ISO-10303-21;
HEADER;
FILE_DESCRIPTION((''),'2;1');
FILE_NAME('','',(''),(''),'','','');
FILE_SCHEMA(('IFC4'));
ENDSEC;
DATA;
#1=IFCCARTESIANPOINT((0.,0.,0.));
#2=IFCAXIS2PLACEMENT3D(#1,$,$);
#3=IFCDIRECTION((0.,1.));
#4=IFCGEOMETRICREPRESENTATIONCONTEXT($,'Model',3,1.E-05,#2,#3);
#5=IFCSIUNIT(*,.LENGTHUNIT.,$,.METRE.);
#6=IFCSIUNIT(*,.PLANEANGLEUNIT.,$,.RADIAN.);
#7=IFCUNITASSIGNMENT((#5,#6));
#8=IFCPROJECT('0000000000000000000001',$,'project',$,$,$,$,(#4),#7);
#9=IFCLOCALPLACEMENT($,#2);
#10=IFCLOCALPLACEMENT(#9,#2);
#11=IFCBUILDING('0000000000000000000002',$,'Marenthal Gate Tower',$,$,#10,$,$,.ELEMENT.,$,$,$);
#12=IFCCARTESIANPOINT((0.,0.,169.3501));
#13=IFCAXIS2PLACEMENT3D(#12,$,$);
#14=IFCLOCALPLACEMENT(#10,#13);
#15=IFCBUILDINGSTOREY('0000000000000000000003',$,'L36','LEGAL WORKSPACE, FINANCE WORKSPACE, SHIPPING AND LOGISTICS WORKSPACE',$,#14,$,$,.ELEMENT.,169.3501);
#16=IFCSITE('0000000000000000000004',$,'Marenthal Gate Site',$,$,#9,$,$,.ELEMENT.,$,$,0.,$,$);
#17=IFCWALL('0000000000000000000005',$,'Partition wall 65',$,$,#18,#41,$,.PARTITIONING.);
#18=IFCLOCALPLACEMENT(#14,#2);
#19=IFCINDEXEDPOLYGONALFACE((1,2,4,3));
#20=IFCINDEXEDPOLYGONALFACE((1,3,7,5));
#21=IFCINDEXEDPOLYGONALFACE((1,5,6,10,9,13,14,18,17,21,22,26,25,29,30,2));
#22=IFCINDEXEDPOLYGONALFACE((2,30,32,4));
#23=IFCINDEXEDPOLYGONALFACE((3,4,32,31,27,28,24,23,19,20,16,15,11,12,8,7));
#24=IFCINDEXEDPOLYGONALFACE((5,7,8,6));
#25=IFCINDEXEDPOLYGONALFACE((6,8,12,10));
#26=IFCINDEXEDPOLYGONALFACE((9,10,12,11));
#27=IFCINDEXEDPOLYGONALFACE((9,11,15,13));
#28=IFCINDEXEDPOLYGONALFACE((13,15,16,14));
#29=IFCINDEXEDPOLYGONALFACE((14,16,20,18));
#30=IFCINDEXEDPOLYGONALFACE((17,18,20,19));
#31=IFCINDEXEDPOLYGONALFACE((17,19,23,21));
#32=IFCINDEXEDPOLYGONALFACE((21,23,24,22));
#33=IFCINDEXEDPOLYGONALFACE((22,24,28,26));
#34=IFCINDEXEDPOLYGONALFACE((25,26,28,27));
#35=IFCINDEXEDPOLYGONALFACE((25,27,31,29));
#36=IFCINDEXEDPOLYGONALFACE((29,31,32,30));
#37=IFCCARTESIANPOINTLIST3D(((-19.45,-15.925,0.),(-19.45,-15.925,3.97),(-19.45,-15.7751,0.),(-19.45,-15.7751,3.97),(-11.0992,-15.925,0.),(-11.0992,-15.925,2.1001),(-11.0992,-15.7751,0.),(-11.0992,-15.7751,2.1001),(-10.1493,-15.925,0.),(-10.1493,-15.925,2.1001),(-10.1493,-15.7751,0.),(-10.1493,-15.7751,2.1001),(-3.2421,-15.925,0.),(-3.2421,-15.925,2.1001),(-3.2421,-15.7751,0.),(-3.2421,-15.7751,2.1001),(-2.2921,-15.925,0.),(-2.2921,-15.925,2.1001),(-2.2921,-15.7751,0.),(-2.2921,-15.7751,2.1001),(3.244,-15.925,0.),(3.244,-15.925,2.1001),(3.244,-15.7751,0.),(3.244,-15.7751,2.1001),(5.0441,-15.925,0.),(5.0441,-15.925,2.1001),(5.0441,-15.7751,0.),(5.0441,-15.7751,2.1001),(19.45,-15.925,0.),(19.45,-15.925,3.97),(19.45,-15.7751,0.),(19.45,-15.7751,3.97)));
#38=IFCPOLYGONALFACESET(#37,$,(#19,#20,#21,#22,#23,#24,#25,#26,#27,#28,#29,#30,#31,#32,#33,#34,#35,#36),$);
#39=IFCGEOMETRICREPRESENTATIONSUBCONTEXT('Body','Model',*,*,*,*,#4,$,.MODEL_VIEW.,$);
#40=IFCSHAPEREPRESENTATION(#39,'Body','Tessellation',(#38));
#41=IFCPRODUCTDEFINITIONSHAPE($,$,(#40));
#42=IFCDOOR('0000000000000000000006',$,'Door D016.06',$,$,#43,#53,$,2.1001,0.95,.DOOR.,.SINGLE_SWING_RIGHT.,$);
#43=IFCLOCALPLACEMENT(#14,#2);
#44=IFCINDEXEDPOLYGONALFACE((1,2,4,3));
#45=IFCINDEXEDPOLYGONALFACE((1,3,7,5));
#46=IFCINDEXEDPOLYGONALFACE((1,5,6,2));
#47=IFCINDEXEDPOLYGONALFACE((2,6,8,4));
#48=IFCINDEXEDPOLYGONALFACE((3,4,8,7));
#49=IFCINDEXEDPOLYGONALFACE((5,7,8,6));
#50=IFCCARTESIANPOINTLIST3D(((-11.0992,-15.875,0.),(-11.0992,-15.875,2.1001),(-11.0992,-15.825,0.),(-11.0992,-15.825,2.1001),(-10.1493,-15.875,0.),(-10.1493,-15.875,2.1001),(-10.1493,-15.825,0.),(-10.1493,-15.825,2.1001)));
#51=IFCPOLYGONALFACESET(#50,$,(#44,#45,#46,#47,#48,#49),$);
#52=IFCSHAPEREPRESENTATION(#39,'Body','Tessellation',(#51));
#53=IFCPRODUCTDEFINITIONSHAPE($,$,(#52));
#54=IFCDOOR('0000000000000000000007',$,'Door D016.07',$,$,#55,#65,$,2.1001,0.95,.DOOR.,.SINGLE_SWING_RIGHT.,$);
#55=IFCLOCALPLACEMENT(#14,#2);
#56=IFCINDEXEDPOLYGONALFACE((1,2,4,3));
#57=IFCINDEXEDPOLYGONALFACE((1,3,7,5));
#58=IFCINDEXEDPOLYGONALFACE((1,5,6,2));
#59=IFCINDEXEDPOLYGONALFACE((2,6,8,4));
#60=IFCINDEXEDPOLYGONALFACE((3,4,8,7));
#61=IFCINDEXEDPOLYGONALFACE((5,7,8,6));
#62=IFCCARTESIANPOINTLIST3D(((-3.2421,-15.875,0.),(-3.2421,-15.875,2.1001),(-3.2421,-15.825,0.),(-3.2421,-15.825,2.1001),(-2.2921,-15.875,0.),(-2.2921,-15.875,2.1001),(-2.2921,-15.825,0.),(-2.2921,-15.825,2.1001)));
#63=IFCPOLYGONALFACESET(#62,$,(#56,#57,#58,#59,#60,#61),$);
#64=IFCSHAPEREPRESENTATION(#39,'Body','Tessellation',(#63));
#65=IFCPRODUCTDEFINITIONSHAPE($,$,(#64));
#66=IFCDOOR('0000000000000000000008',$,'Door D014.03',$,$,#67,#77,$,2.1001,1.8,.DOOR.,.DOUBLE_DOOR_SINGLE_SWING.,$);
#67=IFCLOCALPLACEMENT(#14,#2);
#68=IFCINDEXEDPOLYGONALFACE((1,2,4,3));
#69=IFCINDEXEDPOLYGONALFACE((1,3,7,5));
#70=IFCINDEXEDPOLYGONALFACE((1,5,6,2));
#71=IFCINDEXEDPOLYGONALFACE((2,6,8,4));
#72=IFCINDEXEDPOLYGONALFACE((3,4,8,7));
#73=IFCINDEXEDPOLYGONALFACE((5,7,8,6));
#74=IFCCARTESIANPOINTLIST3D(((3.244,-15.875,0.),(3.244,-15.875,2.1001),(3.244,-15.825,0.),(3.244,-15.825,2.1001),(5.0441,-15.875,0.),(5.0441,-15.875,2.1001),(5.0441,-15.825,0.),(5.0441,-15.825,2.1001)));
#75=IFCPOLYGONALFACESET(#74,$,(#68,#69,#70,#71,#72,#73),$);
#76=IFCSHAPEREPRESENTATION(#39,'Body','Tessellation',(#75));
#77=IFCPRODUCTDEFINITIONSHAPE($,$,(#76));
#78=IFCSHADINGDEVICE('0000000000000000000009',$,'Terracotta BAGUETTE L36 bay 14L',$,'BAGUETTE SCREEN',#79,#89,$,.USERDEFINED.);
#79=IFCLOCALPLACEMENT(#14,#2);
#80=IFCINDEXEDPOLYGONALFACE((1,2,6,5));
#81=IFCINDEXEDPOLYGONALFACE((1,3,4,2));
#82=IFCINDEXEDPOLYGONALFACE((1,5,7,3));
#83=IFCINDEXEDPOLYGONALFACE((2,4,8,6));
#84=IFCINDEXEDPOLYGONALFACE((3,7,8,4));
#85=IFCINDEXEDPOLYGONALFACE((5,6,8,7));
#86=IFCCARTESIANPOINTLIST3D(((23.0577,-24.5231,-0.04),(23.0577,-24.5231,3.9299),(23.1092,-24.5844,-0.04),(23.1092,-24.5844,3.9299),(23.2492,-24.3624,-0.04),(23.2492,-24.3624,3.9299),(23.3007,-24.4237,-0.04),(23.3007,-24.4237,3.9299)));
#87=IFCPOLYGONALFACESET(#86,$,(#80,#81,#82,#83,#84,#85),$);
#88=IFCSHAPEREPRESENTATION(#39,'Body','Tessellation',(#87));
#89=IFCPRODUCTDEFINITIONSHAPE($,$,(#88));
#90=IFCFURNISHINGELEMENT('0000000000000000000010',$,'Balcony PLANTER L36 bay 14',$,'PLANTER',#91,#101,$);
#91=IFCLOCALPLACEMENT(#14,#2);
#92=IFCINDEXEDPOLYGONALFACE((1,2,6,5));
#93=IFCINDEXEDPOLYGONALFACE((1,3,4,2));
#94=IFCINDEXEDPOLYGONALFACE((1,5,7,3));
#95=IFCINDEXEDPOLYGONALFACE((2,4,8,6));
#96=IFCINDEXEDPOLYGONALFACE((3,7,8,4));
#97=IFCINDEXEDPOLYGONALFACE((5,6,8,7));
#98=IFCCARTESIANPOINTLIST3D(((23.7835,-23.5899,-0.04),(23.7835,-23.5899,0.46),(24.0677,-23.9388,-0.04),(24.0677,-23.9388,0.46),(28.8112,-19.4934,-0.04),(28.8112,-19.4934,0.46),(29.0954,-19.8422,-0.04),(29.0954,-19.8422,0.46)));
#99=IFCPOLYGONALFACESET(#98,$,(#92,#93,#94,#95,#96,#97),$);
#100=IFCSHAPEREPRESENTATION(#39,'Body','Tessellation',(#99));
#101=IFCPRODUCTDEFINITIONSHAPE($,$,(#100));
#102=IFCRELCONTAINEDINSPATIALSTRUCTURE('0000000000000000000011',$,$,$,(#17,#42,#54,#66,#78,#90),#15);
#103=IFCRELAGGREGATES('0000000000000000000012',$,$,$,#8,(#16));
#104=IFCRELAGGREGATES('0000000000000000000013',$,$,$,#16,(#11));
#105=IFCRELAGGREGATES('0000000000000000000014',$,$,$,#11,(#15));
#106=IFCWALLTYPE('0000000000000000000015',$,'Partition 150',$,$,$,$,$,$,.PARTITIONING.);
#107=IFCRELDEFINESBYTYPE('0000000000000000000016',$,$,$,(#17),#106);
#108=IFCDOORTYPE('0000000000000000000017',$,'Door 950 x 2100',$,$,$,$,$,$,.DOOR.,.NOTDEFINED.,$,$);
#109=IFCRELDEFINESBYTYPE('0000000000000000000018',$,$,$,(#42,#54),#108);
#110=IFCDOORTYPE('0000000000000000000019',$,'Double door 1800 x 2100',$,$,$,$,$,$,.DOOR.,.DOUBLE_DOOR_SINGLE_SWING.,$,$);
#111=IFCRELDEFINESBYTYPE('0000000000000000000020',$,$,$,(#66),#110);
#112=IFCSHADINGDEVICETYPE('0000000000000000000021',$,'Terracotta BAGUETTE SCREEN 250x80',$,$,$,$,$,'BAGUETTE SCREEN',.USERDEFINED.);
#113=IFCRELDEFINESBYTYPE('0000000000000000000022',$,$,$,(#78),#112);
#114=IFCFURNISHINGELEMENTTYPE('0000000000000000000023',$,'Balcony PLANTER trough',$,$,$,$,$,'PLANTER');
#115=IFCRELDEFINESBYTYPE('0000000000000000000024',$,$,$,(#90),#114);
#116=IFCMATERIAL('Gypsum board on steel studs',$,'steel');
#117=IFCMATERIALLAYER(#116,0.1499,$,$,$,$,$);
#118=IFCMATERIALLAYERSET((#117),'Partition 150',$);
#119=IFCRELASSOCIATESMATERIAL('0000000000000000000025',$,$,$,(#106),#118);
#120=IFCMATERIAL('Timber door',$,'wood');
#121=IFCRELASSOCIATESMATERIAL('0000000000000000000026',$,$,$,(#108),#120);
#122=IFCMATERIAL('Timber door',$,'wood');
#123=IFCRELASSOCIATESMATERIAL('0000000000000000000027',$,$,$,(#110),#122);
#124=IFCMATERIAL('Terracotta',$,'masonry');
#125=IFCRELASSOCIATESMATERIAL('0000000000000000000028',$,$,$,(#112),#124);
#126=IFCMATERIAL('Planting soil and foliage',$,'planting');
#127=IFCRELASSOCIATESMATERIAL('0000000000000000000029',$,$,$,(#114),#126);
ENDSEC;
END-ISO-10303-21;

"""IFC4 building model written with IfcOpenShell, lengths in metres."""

from ifc_helpers import new_model, si_unit, direction, frame, frame_2d, origin, origin_2d, place, context, subcontext, project, spatial, rectangle, extrude, material, layer, layer_set, material_profile, profile_set, type_object, element, fill, save


model = new_model("IFC4")

# Units and contexts
model_context = context("Model", 3, precision=1e-05, world=origin(), true_north=direction((0.0, 1.0)))
body_context = subcontext(model_context, "Body", "Model", "MODEL_VIEW")
ifc_project = project(units=[si_unit("LENGTHUNIT", "METRE"), si_unit("PLANEANGLEUNIT", "RADIAN")], contexts=[model_context])

# Site, building, storey
site_placement = place(None, origin())
site = spatial("IfcSite", under=ifc_project, at=site_placement, Name="Marenthal Gate Site", CompositionType="ELEMENT", RefElevation=0.0)
building_placement = place(site_placement, origin())
building = spatial("IfcBuilding", under=site, at=building_placement, Name="Marenthal Gate Tower", CompositionType="ELEMENT")
storey_placement = place(building_placement, frame((0.0, 0.0, 169.3501)))
storey = spatial("IfcBuildingStorey", under=building, at=storey_placement, Name="L36", Description="LEGAL WORKSPACE, FINANCE WORKSPACE, SHIPPING AND LOGISTICS WORKSPACE", CompositionType="ELEMENT", Elevation=169.3501)

# Wall, openings, doors
ifc_material_1 = material(Name="Gypsum board on steel studs", Category="steel")
ifc_layer_1 = layer(ifc_material_1, 0.1499)
ifc_layer_set_1 = layer_set([ifc_layer_1], Name="Partition 150")
wall_type_1 = type_object("IfcWallType", Name="Partition 150", PredefinedType="PARTITIONING", material=ifc_layer_set_1)
wall_1_placement = place(storey_placement, frame((19.45, -15.8501, 0.0), z_axis=(0.0, 0.0, 1.0), x_axis=(-1.0, 0.0, 0.0)))
wall_1 = element("IfcWall", 1, at=wall_1_placement, inside=storey, type_object=wall_type_1, Name="Partition wall 65", PredefinedType="PARTITIONING", context=body_context, shape_type="SweptSolid", body=[
    extrude(rectangle(XDim=38.8999, YDim=0.1499, at=frame_2d((19.45, 0.0))), origin(), (0.0, 0.0, 1.0), 3.97),
])
opening_1_placement = place(wall_1_placement, frame((29.5991, 0.0, 0.0)))
opening_1 = element("IfcOpeningElement", 2, at=opening_1_placement, cuts=wall_1, PredefinedType="OPENING", context=body_context, shape_type="SweptSolid", body=[
    extrude(rectangle(XDim=0.95, YDim=2.1001, at=frame_2d((0.4751, 1.05))), frame((0.0, 0.085, 0.0), z_axis=(0.0, -1.0, 0.0), x_axis=(1.0, 0.0, 0.0)), (0.0, 0.0, 1.0), 0.1699),
])
opening_2_placement = place(wall_1_placement, frame((21.7419, 0.0, 0.0)))
opening_2 = element("IfcOpeningElement", 3, at=opening_2_placement, cuts=wall_1, PredefinedType="OPENING", context=body_context, shape_type="SweptSolid", body=[
    extrude(rectangle(XDim=0.95, YDim=2.1001, at=frame_2d((0.4751, 1.05))), frame((0.0, 0.085, 0.0), z_axis=(0.0, -1.0, 0.0), x_axis=(1.0, 0.0, 0.0)), (0.0, 0.0, 1.0), 0.1699),
])
opening_3_placement = place(wall_1_placement, frame((14.406, 0.0, 0.0)))
opening_3 = element("IfcOpeningElement", 4, at=opening_3_placement, cuts=wall_1, PredefinedType="OPENING", context=body_context, shape_type="SweptSolid", body=[
    extrude(rectangle(XDim=1.8, YDim=2.1001, at=frame_2d((0.8999, 1.05))), frame((0.0, 0.085, 0.0), z_axis=(0.0, -1.0, 0.0), x_axis=(1.0, 0.0, 0.0)), (0.0, 0.0, 1.0), 0.1699),
])
ifc_material_2 = material(Name="Timber door", Category="wood")
door_type_1 = type_object("IfcDoorType", Name="Door 950 x 2100", OperationType="NOTDEFINED", PredefinedType="DOOR", material=ifc_material_2)
door_1_placement = place(opening_1_placement, origin())
door_1 = element("IfcDoor", 5, at=door_1_placement, inside=storey, type_object=door_type_1, Name="Door D016.06", OperationType="SINGLE_SWING_RIGHT", OverallHeight=2.1001, OverallWidth=0.95, PredefinedType="DOOR", context=body_context, shape_type="SweptSolid", body=[
    extrude(rectangle(XDim=0.95, YDim=2.1001, at=frame_2d((0.4751, 1.05))), frame((0.0, 0.0249, 0.0), z_axis=(0.0, -1.0, 0.0), x_axis=(1.0, 0.0, 0.0)), (0.0, 0.0, 1.0), 0.05),
])
fill(opening_1, door_1)
door_2_placement = place(opening_2_placement, origin())
door_2 = element("IfcDoor", 6, at=door_2_placement, inside=storey, type_object=door_type_1, Name="Door D016.07", OperationType="SINGLE_SWING_RIGHT", OverallHeight=2.1001, OverallWidth=0.95, PredefinedType="DOOR", context=body_context, shape_type="SweptSolid", body=[
    extrude(rectangle(XDim=0.95, YDim=2.1001, at=frame_2d((0.4751, 1.05))), frame((0.0, 0.0249, 0.0), z_axis=(0.0, -1.0, 0.0), x_axis=(1.0, 0.0, 0.0)), (0.0, 0.0, 1.0), 0.05),
])
fill(opening_2, door_2)
ifc_material_3 = material(Name="Timber door", Category="wood")
door_type_2 = type_object("IfcDoorType", Name="Double door 1800 x 2100", OperationType="DOUBLE_DOOR_SINGLE_SWING", PredefinedType="DOOR", material=ifc_material_3)
door_3_placement = place(opening_3_placement, origin())
door_3 = element("IfcDoor", 7, at=door_3_placement, inside=storey, type_object=door_type_2, Name="Door D014.03", OperationType="DOUBLE_DOOR_SINGLE_SWING", OverallHeight=2.1001, OverallWidth=1.8, PredefinedType="DOOR", context=body_context, shape_type="SweptSolid", body=[
    extrude(rectangle(XDim=1.8, YDim=2.1001, at=frame_2d((0.8999, 1.05))), frame((0.0, 0.0249, 0.0), z_axis=(0.0, -1.0, 0.0), x_axis=(1.0, 0.0, 0.0)), (0.0, 0.0, 1.0), 0.05),
])
fill(opening_3, door_3)

# Shading device
ifc_material_4 = material(Name="Terracotta", Category="masonry")
ifc_material_profile_1 = material_profile(ifc_material_4, rectangle(XDim=0.25, YDim=0.0801, at=origin_2d()), Name="Terracotta baguette 250x80")
ifc_profile_set_1 = profile_set([ifc_material_profile_1], Name="Terracotta")
shading_device_type = type_object("IfcShadingDeviceType", Name="Terracotta BAGUETTE SCREEN 250x80", ElementType="BAGUETTE SCREEN", PredefinedType="USERDEFINED", material=ifc_profile_set_1)
shading_device_placement = place(storey_placement, frame((23.1792, -24.4734, -0.04), z_axis=(0.0, 0.0, 1.0), x_axis=(0.765921, 0.642935, 0.0)))
element("IfcShadingDevice", 8, at=shading_device_placement, inside=storey, type_object=shading_device_type, Name="Terracotta BAGUETTE L36 bay 14L", ObjectType="BAGUETTE SCREEN", PredefinedType="USERDEFINED", context=body_context, shape_type="SweptSolid", body=[
    extrude(rectangle(XDim=0.25, YDim=0.0801, at=origin_2d()), origin(), (0.0, 0.0, 1.0), 3.97),
])

# Furnishing element
ifc_material_5 = material(Name="Planting soil and foliage", Category="planting")
furnishing_element_type = type_object("IfcFurnishingElementType", Name="Balcony PLANTER trough", ElementType="PLANTER", material=ifc_material_5)
furnishing_placement = place(storey_placement, frame((26.4395, -21.7161, -0.04), z_axis=(0.0, 0.0, 1.0), x_axis=(0.77524, 0.631667, 0.0)))
element("IfcFurnishingElement", 9, at=furnishing_placement, inside=storey, type_object=furnishing_element_type, Name="Balcony PLANTER L36 bay 14", ObjectType="PLANTER", context=body_context, shape_type="SweptSolid", body=[
    extrude(rectangle(XDim=6.4854, YDim=0.45, at=origin_2d()), origin(), (0.0, 0.0, 1.0), 0.5),
])

save(model, "model.ifc")
